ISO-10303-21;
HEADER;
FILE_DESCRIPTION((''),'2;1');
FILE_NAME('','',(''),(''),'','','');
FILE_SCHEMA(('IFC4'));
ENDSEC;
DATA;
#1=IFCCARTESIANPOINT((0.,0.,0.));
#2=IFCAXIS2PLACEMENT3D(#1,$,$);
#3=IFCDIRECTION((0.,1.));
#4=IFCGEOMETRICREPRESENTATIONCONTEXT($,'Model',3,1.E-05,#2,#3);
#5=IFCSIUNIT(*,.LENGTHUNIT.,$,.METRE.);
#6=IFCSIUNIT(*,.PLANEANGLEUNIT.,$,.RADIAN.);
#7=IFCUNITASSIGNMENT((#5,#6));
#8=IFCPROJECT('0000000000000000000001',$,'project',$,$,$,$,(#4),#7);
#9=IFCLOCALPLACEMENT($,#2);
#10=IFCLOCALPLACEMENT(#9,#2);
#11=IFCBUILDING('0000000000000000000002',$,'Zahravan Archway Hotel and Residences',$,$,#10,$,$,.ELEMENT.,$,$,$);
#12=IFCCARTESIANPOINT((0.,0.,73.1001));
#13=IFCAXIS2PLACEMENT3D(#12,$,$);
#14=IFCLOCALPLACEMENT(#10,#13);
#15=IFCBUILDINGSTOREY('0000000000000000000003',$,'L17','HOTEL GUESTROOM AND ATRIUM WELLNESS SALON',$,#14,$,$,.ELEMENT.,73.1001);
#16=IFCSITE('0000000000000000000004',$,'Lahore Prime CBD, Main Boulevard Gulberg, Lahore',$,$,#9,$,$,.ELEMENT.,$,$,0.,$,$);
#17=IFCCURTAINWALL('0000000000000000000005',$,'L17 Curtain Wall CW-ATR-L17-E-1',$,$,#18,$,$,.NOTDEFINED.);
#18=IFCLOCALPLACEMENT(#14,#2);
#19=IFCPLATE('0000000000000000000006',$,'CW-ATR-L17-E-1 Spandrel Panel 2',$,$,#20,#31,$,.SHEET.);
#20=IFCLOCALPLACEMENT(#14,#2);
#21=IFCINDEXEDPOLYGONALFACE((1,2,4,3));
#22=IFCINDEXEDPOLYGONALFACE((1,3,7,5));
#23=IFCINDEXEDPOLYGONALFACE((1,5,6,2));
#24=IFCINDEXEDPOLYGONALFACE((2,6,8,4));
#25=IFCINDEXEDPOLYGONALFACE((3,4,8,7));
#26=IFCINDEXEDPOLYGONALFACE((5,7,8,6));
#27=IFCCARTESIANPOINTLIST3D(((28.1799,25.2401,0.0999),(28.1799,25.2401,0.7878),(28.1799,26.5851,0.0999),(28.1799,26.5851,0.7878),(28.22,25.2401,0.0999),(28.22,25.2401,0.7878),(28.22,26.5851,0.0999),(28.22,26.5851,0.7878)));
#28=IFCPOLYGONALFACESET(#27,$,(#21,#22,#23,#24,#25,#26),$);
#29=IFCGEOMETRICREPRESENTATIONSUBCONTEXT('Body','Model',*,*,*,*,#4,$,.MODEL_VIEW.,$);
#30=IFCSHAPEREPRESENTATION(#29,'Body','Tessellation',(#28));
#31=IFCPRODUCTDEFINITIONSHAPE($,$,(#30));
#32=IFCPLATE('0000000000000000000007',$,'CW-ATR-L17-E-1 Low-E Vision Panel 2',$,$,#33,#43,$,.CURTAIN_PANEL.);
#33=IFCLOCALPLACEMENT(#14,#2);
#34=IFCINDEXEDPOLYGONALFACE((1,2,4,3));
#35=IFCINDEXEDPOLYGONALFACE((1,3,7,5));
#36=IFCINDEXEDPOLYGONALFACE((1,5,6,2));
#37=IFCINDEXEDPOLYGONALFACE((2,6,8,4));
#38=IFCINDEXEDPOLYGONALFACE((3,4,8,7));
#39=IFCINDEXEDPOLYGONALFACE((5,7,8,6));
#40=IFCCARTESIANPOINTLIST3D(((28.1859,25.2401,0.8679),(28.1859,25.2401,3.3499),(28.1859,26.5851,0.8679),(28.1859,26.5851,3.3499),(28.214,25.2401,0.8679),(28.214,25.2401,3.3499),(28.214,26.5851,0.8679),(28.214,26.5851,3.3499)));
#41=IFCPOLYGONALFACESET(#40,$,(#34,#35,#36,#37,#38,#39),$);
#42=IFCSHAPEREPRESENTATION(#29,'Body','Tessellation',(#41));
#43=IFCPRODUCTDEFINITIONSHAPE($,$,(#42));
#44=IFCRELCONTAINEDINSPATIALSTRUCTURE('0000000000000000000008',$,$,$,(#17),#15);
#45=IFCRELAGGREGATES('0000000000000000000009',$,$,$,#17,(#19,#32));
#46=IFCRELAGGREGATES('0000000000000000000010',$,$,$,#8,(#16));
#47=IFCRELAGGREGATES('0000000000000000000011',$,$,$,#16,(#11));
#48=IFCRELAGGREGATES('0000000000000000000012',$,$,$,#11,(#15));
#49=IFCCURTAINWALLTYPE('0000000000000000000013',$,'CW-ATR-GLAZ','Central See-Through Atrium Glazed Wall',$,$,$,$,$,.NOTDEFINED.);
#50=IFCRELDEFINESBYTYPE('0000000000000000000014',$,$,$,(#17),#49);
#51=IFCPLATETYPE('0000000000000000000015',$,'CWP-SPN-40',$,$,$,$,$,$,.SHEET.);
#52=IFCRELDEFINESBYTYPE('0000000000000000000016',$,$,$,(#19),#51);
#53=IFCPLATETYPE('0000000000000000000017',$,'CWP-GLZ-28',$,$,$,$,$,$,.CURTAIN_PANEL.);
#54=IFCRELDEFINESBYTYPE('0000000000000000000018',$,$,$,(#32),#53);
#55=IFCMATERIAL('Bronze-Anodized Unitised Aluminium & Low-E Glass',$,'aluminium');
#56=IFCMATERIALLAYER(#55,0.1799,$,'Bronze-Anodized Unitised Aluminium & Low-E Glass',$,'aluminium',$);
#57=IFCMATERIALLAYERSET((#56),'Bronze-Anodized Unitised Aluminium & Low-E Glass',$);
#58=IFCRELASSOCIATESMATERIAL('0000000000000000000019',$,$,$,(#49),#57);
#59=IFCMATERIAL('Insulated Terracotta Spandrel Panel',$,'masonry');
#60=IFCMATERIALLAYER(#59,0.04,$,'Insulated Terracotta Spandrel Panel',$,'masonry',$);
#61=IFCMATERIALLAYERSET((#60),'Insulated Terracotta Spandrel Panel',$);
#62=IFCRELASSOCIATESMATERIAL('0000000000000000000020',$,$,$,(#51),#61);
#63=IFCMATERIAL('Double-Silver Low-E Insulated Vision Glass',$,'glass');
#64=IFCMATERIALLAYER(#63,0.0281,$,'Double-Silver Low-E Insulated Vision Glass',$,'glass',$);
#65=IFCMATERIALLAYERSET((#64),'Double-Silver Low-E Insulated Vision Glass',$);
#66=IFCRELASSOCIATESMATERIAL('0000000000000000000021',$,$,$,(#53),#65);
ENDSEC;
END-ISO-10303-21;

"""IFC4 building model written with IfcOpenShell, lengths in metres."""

from ifc_helpers import new_model, si_unit, direction, frame, origin, origin_2d, place, context, subcontext, project, spatial, rectangle, extrude, source, transform, mapped, material, layer, layer_set, type_object, element, aggregate, save


model = new_model("IFC4")

# Units and contexts
model_context = context("Model", 3, precision=1e-05, world=origin(), true_north=direction((0.0, 1.0)))
body_context = subcontext(model_context, "Body", "Model", "MODEL_VIEW")
ifc_project = project(units=[si_unit("LENGTHUNIT", "METRE"), si_unit("PLANEANGLEUNIT", "RADIAN")], contexts=[model_context])

# Site, building, storey
site_placement = place(None, origin())
site = spatial("IfcSite", under=ifc_project, at=site_placement, Name="Lahore Prime CBD, Main Boulevard Gulberg, Lahore", CompositionType="ELEMENT", RefElevation=0.0)
building_placement = place(site_placement, origin())
building = spatial("IfcBuilding", under=site, at=building_placement, Name="Zahravan Archway Hotel and Residences", CompositionType="ELEMENT")
storey_placement = place(building_placement, frame((0.0, 0.0, 73.1001)))
storey = spatial("IfcBuildingStorey", under=building, at=storey_placement, Name="L17", Description="HOTEL GUESTROOM AND ATRIUM WELLNESS SALON", CompositionType="ELEMENT", Elevation=73.1001)

# Shared definitions
ifc_material_1 = material(Name="Bronze-Anodized Unitised Aluminium & Low-E Glass", Category="aluminium")
ifc_layer_1 = layer(ifc_material_1, 0.1799, Name="Bronze-Anodized Unitised Aluminium & Low-E Glass", Category="aluminium")
ifc_layer_set_1 = layer_set([ifc_layer_1], Name="Bronze-Anodized Unitised Aluminium & Low-E Glass")
curtain_wall_type = type_object("IfcCurtainWallType", Name="CW-ATR-GLAZ", Description="Central See-Through Atrium Glazed Wall", PredefinedType="NOTDEFINED", material=ifc_layer_set_1)

# Curtain wall
curtain_wall_1_placement = place(storey_placement, origin())
curtain_wall_1 = element("IfcCurtainWall", 1, at=curtain_wall_1_placement, inside=storey, type_object=curtain_wall_type, Name="L17 Curtain Wall CW-ATR-L17-E-1", PredefinedType="NOTDEFINED")

# Plates
ifc_material_2 = material(Name="Insulated Terracotta Spandrel Panel", Category="masonry")
ifc_layer_2 = layer(ifc_material_2, 0.04, Name="Insulated Terracotta Spandrel Panel", Category="masonry")
ifc_layer_set_2 = layer_set([ifc_layer_2], Name="Insulated Terracotta Spandrel Panel")
plate_type_1 = type_object("IfcPlateType", Name="CWP-SPN-40", PredefinedType="SHEET", material=ifc_layer_set_2)
ifc_material_3 = material(Name="Double-Silver Low-E Insulated Vision Glass", Category="glass")
ifc_layer_3 = layer(ifc_material_3, 0.0281, Name="Double-Silver Low-E Insulated Vision Glass", Category="glass")
ifc_layer_set_3 = layer_set([ifc_layer_3], Name="Double-Silver Low-E Insulated Vision Glass")
plate_type_2 = type_object("IfcPlateType", Name="CWP-GLZ-28", PredefinedType="CURTAIN_PANEL", material=ifc_layer_set_3)
shared_shape_1 = source(origin(), body_context, "Body", "SweptSolid", [
    extrude(rectangle(XDim=1.345, YDim=0.04, at=origin_2d()), origin(), (0.0, 0.0, 1.0), 0.688),
])
plate_1_placement = place(storey_placement, frame((28.2, 25.9126, 0.0999), z_axis=(0.0, 0.0, 1.0), x_axis=(0.0, 1.0, 0.0)))
plate_1 = element("IfcPlate", 2, at=plate_1_placement, type_object=plate_type_1, Name="CW-ATR-L17-E-1 Spandrel Panel 2", PredefinedType="SHEET", context=body_context, shape_type="MappedRepresentation", body=[
    mapped(shared_shape_1, transform((0.0, 0.0, 0.0), scale=1.0)),
])
shared_shape_2 = source(origin(), body_context, "Body", "SweptSolid", [
    extrude(rectangle(XDim=1.345, YDim=0.0281, at=origin_2d()), origin(), (0.0, 0.0, 1.0), 2.4819),
])
plate_2_placement = place(storey_placement, frame((28.2, 25.9126, 0.8679), z_axis=(0.0, 0.0, 1.0), x_axis=(0.0, 1.0, 0.0)))
plate_2 = element("IfcPlate", 3, at=plate_2_placement, type_object=plate_type_2, Name="CW-ATR-L17-E-1 Low-E Vision Panel 2", PredefinedType="CURTAIN_PANEL", context=body_context, shape_type="MappedRepresentation", body=[
    mapped(shared_shape_2, transform((0.0, 0.0, 0.0), scale=1.0)),
])
aggregate(curtain_wall_1, [plate_1, plate_2])

save(model, "model.ifc")
